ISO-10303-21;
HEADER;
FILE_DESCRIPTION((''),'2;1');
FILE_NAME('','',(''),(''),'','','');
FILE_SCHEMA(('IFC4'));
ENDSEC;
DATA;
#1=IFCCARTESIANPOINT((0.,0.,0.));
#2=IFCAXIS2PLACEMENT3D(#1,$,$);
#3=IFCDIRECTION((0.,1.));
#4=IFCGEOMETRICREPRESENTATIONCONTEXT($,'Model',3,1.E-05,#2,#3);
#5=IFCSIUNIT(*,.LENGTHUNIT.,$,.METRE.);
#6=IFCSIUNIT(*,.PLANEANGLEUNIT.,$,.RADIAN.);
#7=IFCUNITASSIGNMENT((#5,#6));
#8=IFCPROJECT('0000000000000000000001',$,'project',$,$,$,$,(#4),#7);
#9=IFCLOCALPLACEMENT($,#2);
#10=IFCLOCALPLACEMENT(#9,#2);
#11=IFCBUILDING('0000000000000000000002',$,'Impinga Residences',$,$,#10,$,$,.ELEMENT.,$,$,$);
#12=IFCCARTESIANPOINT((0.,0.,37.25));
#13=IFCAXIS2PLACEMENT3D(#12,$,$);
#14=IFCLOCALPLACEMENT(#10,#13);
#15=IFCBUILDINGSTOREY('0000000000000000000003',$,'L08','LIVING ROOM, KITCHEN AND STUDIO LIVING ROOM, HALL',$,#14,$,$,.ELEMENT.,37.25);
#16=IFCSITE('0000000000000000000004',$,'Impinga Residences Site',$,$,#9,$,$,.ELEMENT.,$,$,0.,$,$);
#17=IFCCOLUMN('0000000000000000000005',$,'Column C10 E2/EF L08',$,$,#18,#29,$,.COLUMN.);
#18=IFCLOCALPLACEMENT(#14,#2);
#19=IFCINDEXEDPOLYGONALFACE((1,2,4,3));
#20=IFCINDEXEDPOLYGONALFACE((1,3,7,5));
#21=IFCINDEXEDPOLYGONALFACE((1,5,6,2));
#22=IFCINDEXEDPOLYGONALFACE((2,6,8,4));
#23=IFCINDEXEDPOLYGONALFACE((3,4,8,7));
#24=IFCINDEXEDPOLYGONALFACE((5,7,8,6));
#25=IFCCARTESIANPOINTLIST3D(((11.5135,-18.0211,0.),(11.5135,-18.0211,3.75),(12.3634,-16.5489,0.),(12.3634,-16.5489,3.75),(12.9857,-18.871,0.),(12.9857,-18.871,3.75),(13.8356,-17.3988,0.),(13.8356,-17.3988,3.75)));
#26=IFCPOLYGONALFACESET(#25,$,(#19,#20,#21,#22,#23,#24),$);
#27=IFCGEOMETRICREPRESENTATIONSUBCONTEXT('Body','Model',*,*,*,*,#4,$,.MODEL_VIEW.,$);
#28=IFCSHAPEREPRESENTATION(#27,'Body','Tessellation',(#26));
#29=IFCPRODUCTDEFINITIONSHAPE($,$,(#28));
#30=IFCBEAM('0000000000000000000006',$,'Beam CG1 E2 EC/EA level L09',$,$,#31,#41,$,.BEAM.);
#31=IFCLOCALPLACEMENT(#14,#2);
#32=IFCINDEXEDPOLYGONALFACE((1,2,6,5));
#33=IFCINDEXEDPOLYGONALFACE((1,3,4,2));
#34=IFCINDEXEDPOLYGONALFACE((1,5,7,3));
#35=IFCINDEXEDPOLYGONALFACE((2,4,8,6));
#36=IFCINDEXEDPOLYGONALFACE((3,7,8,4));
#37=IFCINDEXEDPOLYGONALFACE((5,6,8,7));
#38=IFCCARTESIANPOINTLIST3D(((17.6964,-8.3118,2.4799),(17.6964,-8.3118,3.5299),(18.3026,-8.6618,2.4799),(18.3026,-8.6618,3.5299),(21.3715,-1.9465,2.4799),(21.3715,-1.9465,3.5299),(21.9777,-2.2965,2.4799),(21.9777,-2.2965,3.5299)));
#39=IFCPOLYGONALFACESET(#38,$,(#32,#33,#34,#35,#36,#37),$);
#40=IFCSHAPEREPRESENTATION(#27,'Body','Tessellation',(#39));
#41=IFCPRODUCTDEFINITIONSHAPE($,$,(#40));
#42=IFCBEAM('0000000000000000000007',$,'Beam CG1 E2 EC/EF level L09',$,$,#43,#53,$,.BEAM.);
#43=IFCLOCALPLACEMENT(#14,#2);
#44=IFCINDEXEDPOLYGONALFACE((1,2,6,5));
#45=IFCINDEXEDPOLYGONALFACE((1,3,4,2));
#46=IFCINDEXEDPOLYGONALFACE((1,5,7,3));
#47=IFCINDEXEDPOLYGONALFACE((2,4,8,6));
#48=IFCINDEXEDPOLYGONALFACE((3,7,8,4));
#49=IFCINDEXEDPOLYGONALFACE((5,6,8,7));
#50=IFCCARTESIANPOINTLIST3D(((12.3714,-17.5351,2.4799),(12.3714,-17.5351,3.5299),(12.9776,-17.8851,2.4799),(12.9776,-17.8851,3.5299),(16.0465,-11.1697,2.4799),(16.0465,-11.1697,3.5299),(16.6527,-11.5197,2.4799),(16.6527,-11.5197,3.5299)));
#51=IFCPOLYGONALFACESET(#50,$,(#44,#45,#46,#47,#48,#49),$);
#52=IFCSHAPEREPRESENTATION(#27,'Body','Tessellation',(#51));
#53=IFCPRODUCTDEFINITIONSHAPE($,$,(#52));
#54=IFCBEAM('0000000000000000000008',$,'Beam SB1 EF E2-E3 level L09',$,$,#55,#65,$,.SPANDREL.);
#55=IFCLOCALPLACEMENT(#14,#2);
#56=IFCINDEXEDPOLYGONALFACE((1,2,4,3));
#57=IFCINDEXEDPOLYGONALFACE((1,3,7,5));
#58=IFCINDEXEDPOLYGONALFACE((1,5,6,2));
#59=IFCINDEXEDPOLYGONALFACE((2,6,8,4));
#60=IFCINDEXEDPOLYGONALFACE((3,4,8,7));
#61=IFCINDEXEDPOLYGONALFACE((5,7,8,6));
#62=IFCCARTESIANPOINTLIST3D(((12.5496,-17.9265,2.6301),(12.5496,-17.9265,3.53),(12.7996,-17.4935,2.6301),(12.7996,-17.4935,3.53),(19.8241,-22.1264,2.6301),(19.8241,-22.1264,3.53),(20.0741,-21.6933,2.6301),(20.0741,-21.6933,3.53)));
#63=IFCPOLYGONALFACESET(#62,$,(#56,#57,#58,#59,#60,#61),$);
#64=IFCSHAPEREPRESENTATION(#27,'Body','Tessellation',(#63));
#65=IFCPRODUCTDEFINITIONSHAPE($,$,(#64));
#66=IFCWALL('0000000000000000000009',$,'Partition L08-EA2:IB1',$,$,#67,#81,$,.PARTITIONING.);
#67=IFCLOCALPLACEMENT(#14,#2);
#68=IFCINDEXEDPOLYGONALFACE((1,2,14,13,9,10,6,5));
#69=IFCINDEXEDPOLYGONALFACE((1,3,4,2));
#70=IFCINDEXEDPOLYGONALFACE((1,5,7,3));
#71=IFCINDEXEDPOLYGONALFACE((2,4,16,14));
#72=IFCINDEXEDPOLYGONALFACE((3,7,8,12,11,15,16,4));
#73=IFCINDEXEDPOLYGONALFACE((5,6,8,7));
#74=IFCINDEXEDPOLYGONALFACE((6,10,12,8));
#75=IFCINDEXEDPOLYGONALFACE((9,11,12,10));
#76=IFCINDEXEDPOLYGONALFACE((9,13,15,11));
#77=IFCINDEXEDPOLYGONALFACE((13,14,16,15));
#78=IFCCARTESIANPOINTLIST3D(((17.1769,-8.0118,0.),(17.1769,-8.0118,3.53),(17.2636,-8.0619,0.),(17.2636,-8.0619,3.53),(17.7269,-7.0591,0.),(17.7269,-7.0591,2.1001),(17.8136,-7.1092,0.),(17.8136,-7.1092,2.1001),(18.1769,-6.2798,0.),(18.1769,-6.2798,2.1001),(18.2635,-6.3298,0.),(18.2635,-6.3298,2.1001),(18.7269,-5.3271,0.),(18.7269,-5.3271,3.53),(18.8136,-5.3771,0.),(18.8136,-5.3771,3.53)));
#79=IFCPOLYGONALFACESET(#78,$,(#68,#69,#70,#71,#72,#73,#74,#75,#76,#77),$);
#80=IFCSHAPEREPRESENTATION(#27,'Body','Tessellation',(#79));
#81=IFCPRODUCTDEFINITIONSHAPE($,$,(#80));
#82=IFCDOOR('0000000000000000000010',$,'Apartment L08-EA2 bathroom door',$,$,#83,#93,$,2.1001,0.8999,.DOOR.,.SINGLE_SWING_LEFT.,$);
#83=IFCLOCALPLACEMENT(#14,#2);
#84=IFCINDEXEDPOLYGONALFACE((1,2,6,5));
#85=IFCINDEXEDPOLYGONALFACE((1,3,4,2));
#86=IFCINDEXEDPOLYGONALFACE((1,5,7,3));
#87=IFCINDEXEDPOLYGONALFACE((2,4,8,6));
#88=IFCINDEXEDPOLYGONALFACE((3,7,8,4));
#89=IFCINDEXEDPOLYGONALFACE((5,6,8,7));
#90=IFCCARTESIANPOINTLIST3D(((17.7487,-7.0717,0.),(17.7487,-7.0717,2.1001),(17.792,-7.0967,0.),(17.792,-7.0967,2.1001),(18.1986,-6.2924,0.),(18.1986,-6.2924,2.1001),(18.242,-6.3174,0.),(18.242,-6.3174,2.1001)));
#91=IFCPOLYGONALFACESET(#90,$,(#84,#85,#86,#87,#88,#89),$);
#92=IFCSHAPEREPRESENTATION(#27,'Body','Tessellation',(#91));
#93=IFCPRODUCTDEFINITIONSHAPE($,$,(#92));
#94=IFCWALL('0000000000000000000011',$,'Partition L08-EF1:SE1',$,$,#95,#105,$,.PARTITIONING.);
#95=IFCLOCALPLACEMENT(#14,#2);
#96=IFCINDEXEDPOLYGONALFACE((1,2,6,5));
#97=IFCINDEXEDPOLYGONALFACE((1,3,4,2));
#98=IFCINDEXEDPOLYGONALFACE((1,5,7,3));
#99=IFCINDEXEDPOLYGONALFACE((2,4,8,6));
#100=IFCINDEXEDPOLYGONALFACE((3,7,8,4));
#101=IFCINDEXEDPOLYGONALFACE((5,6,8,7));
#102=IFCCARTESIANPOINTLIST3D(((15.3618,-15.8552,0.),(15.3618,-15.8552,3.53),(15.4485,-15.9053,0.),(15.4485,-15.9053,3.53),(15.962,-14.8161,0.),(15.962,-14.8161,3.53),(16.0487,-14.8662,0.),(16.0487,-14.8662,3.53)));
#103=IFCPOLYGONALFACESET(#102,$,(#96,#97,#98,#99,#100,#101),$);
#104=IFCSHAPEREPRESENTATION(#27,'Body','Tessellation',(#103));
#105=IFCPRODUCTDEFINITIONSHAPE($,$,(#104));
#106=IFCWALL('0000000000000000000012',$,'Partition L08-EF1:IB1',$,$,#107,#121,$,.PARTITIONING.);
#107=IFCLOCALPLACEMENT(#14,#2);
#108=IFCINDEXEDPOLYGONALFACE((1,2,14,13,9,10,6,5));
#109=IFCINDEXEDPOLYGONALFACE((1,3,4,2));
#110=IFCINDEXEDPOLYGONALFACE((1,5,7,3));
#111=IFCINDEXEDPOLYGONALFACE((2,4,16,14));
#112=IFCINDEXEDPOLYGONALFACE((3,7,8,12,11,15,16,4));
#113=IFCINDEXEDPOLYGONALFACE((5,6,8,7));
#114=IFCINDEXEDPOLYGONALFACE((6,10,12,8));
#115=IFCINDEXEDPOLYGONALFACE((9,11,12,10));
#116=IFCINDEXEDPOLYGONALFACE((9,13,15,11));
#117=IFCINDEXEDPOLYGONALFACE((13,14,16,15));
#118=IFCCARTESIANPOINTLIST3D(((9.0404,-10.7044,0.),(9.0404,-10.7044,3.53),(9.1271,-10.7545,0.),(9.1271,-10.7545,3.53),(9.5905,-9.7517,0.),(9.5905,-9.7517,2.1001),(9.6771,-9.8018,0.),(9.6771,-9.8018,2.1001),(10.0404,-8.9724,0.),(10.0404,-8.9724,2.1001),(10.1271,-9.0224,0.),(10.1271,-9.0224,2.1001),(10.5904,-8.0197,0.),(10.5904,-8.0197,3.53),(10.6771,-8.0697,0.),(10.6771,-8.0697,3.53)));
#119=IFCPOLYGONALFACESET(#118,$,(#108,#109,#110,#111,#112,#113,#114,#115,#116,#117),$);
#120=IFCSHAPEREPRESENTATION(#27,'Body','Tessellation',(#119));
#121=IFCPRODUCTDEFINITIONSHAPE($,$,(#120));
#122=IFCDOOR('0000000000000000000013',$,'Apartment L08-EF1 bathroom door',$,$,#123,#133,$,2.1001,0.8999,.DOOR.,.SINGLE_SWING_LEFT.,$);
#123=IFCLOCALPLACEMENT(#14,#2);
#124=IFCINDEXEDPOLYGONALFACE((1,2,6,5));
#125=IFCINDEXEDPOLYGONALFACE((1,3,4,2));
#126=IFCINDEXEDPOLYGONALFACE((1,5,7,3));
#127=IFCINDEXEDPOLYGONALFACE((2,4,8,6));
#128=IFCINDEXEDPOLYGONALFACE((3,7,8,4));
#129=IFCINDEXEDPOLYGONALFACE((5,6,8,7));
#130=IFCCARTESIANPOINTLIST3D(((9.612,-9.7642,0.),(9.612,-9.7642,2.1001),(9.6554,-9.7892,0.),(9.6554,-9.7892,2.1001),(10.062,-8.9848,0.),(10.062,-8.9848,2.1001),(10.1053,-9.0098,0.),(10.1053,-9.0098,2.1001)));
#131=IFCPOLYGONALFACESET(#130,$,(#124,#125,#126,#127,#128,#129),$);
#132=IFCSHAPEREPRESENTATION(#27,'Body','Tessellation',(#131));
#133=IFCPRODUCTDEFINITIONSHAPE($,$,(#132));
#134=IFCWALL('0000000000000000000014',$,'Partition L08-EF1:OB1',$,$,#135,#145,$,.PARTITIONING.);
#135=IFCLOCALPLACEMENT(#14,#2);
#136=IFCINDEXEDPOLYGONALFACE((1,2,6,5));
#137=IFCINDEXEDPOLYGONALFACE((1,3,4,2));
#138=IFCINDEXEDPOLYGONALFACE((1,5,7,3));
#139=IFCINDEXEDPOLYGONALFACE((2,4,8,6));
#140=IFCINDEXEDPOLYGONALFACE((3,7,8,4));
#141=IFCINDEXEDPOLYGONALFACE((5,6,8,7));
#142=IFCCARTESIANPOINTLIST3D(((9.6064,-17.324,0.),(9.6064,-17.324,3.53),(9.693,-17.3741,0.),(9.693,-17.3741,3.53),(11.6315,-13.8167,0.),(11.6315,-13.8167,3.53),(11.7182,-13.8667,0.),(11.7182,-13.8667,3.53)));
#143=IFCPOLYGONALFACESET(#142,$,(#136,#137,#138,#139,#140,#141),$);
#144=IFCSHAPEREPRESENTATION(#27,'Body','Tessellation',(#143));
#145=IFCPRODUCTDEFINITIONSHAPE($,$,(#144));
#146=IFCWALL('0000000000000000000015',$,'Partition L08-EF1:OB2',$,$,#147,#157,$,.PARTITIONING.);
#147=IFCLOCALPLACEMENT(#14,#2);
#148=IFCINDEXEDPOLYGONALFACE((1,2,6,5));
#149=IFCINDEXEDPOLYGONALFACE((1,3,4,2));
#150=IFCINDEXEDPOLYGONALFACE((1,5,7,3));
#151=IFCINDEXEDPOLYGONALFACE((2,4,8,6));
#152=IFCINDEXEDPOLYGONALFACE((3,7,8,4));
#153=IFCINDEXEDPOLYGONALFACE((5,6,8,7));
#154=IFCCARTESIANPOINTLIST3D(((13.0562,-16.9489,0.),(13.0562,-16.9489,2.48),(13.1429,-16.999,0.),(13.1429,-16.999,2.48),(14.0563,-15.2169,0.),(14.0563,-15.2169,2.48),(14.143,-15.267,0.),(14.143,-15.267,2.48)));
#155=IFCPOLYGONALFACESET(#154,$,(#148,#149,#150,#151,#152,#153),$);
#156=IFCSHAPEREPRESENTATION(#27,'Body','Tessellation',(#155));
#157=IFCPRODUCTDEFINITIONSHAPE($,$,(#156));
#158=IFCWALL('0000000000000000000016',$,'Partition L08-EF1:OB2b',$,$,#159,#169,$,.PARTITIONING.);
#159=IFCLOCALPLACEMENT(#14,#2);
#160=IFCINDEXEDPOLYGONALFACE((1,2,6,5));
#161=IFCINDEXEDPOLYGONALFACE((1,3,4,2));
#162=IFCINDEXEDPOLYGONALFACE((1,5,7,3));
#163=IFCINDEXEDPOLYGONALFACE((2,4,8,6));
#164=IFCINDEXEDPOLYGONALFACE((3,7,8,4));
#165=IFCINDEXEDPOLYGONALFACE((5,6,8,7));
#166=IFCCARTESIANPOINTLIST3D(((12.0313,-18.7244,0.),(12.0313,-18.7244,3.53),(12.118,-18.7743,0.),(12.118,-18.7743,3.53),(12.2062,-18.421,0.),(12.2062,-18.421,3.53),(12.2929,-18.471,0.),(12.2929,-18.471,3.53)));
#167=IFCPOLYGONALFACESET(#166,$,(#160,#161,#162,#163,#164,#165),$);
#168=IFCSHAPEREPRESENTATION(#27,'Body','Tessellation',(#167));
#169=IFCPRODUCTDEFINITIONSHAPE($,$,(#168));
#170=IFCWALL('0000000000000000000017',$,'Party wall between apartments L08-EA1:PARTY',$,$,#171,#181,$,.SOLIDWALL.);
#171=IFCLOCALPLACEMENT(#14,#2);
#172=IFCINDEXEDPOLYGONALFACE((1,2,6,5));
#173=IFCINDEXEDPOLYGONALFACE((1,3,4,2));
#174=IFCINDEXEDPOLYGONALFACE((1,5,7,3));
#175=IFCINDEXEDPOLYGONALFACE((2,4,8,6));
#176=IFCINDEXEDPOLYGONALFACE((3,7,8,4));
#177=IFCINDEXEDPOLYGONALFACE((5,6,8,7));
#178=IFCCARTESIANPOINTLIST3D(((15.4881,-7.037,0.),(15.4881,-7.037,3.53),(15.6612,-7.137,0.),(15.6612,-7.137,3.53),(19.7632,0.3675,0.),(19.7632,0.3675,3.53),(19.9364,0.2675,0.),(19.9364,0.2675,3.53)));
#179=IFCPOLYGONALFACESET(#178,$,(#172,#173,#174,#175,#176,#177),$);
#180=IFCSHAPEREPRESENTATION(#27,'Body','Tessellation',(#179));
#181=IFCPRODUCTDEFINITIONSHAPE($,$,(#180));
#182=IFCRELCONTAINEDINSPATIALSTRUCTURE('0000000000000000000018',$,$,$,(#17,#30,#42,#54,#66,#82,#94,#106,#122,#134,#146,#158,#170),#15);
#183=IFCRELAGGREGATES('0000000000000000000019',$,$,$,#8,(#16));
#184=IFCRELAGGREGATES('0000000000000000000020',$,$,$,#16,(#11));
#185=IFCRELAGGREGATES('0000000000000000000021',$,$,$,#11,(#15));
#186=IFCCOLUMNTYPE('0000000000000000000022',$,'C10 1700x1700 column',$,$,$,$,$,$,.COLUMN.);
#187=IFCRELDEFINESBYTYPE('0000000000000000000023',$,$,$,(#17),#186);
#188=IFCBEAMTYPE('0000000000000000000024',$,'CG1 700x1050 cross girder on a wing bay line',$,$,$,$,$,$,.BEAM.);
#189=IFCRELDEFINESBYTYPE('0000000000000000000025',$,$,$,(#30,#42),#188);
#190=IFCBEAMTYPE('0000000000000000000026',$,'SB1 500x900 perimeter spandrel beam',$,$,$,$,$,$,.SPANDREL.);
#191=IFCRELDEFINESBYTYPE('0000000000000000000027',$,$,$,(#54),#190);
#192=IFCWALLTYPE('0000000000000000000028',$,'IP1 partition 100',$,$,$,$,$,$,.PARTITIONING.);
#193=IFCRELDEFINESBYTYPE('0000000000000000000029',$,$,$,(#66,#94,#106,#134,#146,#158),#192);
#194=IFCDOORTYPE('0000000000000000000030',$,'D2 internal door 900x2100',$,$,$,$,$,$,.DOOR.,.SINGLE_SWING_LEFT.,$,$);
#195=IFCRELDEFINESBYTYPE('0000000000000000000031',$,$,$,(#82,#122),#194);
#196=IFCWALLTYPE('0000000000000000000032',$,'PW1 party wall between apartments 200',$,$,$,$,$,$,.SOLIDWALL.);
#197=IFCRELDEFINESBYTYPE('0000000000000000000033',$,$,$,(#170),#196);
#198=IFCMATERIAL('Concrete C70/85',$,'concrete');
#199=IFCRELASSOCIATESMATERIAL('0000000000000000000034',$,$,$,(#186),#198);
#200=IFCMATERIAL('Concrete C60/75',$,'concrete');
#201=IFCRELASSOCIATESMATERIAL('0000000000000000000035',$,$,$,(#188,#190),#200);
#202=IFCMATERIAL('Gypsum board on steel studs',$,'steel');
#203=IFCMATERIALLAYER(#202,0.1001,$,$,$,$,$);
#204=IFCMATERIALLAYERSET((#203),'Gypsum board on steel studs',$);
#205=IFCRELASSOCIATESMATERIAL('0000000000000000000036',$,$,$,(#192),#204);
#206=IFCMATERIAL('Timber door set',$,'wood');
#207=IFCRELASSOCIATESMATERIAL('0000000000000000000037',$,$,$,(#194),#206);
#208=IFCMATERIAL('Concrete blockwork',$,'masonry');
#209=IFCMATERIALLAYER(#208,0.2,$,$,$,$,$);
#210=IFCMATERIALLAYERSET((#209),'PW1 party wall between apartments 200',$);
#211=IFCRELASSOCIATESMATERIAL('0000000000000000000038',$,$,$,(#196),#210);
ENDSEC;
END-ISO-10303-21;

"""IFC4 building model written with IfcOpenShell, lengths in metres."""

from ifc_helpers import new_model, si_unit, direction, frame, frame_2d, origin, origin_2d, place, context, subcontext, project, spatial, rectangle, extrude, material, layer, layer_set, material_profile, profile_set, type_object, element, fill, save


model = new_model("IFC4")

# Units and contexts
model_context = context("Model", 3, precision=1e-05, world=origin(), true_north=direction((0.0, 1.0)))
body_context = subcontext(model_context, "Body", "Model", "MODEL_VIEW")
ifc_project = project(units=[si_unit("LENGTHUNIT", "METRE"), si_unit("PLANEANGLEUNIT", "RADIAN")], contexts=[model_context])

# Site, building, storey
site_placement = place(None, origin())
site = spatial("IfcSite", under=ifc_project, at=site_placement, Name="Impinga Residences Site", CompositionType="ELEMENT", RefElevation=0.0)
building_placement = place(site_placement, origin())
building = spatial("IfcBuilding", under=site, at=building_placement, Name="Impinga Residences", CompositionType="ELEMENT")
storey_placement = place(building_placement, frame((0.0, 0.0, 37.25)))
storey = spatial("IfcBuildingStorey", under=building, at=storey_placement, Name="L08", Description="LIVING ROOM, KITCHEN AND STUDIO LIVING ROOM, HALL", CompositionType="ELEMENT", Elevation=37.25)

# Column
ifc_material_1 = material(Name="Concrete C70/85", Category="concrete")
ifc_material_profile_1 = material_profile(ifc_material_1, rectangle(XDim=1.7, YDim=1.7, at=origin_2d()), Name="RC 1700x1700")
ifc_profile_set_1 = profile_set([ifc_material_profile_1], Name="Concrete C70/85")
column_type = type_object("IfcColumnType", Name="C10 1700x1700 column", PredefinedType="COLUMN", material=ifc_profile_set_1)
column_placement = place(storey_placement, frame((12.6746, -17.71, 0.0), z_axis=(0.0, 0.0, 1.0), x_axis=(-0.5, -0.866025, 0.0)))
element("IfcColumn", 1, at=column_placement, inside=storey, type_object=column_type, Name="Column C10 E2/EF L08", PredefinedType="COLUMN", context=body_context, shape_type="SweptSolid", body=[
    extrude(rectangle(XDim=1.7, YDim=1.7, at=origin_2d()), origin(), (0.0, 0.0, 1.0), 3.75),
])

# Beams
ifc_material_2 = material(Name="Concrete C60/75", Category="concrete")
ifc_material_profile_2 = material_profile(ifc_material_2, rectangle(XDim=0.7, YDim=1.05, at=origin_2d()), Name="RC 700x1050")
ifc_profile_set_2 = profile_set([ifc_material_profile_2], Name="Concrete C60/75")
beam_type_1 = type_object("IfcBeamType", Name="CG1 700x1050 cross girder on a wing bay line", PredefinedType="BEAM", material=ifc_profile_set_2)
for number, where, z_axis, x_axis, name in (
    (2, (17.9995, -8.4868, 3.0049), (0.500008, 0.866021, 0.0), (-0.866021, 0.500008, 0.0), "Beam CG1 E2 EC/EA level L09"),
    (3, (16.3496, -11.3447, 3.0049), (-0.500008, -0.866021, 0.0), (0.866021, -0.500008, 0.0), "Beam CG1 E2 EC/EF level L09"),
):
    element("IfcBeam", number, at=place(storey_placement, frame(where, z_axis=z_axis, x_axis=x_axis)), inside=storey, type_object=beam_type_1, Name=name, PredefinedType="BEAM", context=body_context, shape_type="SweptSolid", body=[
        extrude(rectangle(XDim=0.7, YDim=1.05, at=origin_2d()), origin(), (0.0, 0.0, 1.0), 7.3501),
    ])
ifc_material_profile_3 = material_profile(ifc_material_2, rectangle(XDim=0.5, YDim=0.8999, at=origin_2d()), Name="RC 500x900")
ifc_profile_set_3 = profile_set([ifc_material_profile_3], Name="Concrete C60/75")
beam_type_2 = type_object("IfcBeamType", Name="SB1 500x900 perimeter spandrel beam", PredefinedType="SPANDREL", material=ifc_profile_set_3)
beam_placement = place(storey_placement, frame((12.6746, -17.71, 3.0801), z_axis=(0.866029, -0.499993, 0.0), x_axis=(0.499993, 0.866029, 0.0)))
element("IfcBeam", 4, at=beam_placement, inside=storey, type_object=beam_type_2, Name="Beam SB1 EF E2-E3 level L09", PredefinedType="SPANDREL", context=body_context, shape_type="SweptSolid", body=[
    extrude(rectangle(XDim=0.5, YDim=0.8999, at=origin_2d()), origin(), (0.0, 0.0, 1.0), 8.3999),
])

# Wall, opening, door
ifc_material_3 = material(Name="Gypsum board on steel studs", Category="steel")
ifc_layer_1 = layer(ifc_material_3, 0.1001)
ifc_layer_set_1 = layer_set([ifc_layer_1], Name="Gypsum board on steel studs")
wall_type_1 = type_object("IfcWallType", Name="IP1 partition 100", PredefinedType="PARTITIONING", material=ifc_layer_set_1)
wall_1_placement = place(storey_placement, frame((17.2202, -8.0369, 0.0), z_axis=(0.0, 0.0, 1.0), x_axis=(0.499993, 0.86603, 0.0)))
wall_1 = element("IfcWall", 5, at=wall_1_placement, inside=storey, type_object=wall_type_1, Name="Partition L08-EA2:IB1", PredefinedType="PARTITIONING", context=body_context, shape_type="SweptSolid", body=[
    extrude(rectangle(XDim=3.1001, YDim=0.1001, at=frame_2d((1.55, 0.0))), origin(), (0.0, 0.0, 1.0), 3.53),
])
opening_1_placement = place(wall_1_placement, frame((1.1001, 0.0, 0.0)))
opening_1 = element("IfcOpeningElement", 6, at=opening_1_placement, cuts=wall_1, PredefinedType="OPENING", context=body_context, shape_type="SweptSolid", body=[
    extrude(rectangle(XDim=0.8999, YDim=2.1001, at=frame_2d((0.45, 1.05))), frame((0.0, 0.0601, 0.0), z_axis=(0.0, -1.0, 0.0), x_axis=(1.0, 0.0, 0.0)), (0.0, 0.0, 1.0), 0.1201),
])
ifc_material_4 = material(Name="Timber door set", Category="wood")
door_type = type_object("IfcDoorType", Name="D2 internal door 900x2100", OperationType="SINGLE_SWING_LEFT", PredefinedType="DOOR", material=ifc_material_4)
door_1_placement = place(opening_1_placement, origin())
door_1 = element("IfcDoor", 7, at=door_1_placement, inside=storey, type_object=door_type, Name="Apartment L08-EA2 bathroom door", OperationType="SINGLE_SWING_LEFT", OverallHeight=2.1001, OverallWidth=0.8999, PredefinedType="DOOR", context=body_context, shape_type="SweptSolid", body=[
    extrude(rectangle(XDim=0.8999, YDim=2.1001, at=frame_2d((0.45, 1.05))), frame((0.0, 0.0249, 0.0), z_axis=(0.0, -1.0, 0.0), x_axis=(1.0, 0.0, 0.0)), (0.0, 0.0, 1.0), 0.05),
])
fill(opening_1, door_1)

# Wall
wall_2_placement = place(storey_placement, frame((16.0054, -14.8411, 0.0), z_axis=(0.0, 0.0, 1.0), x_axis=(-0.500122, -0.865955, 0.0)))
element("IfcWall", 8, at=wall_2_placement, inside=storey, type_object=wall_type_1, Name="Partition L08-EF1:SE1", PredefinedType="PARTITIONING", context=body_context, shape_type="SweptSolid", body=[
    extrude(rectangle(XDim=1.2, YDim=0.1001, at=frame_2d((0.6001, 0.0))), origin(), (0.0, 0.0, 1.0), 3.53),
])

# Wall, opening, door
wall_3_placement = place(storey_placement, frame((10.6338, -8.0447, 0.0), z_axis=(0.0, 0.0, 1.0), x_axis=(-0.499993, -0.86603, 0.0)))
wall_3 = element("IfcWall", 9, at=wall_3_placement, inside=storey, type_object=wall_type_1, Name="Partition L08-EF1:IB1", PredefinedType="PARTITIONING", context=body_context, shape_type="SweptSolid", body=[
    extrude(rectangle(XDim=3.1001, YDim=0.1001, at=frame_2d((1.55, 0.0))), origin(), (0.0, 0.0, 1.0), 3.53),
])
opening_2_placement = place(wall_3_placement, frame((1.1001, 0.0, 0.0)))
opening_2 = element("IfcOpeningElement", 10, at=opening_2_placement, cuts=wall_3, PredefinedType="OPENING", context=body_context, shape_type="SweptSolid", body=[
    extrude(rectangle(XDim=0.8999, YDim=2.1001, at=frame_2d((0.45, 1.05))), frame((0.0, 0.0601, 0.0), z_axis=(0.0, -1.0, 0.0), x_axis=(1.0, 0.0, 0.0)), (0.0, 0.0, 1.0), 0.1201),
])
door_2_placement = place(opening_2_placement, origin())
door_2 = element("IfcDoor", 11, at=door_2_placement, inside=storey, type_object=door_type, Name="Apartment L08-EF1 bathroom door", OperationType="SINGLE_SWING_LEFT", OverallHeight=2.1001, OverallWidth=0.8999, PredefinedType="DOOR", context=body_context, shape_type="SweptSolid", body=[
    extrude(rectangle(XDim=0.8999, YDim=2.1001, at=frame_2d((0.45, 1.05))), frame((0.0, 0.0249, 0.0), z_axis=(0.0, -1.0, 0.0), x_axis=(1.0, 0.0, 0.0)), (0.0, 0.0, 1.0), 0.05),
])
fill(opening_2, door_2)

# Walls
wall_4_placement = place(storey_placement, frame((11.6748, -13.8418, 0.0), z_axis=(0.0, 0.0, 1.0), x_axis=(-0.500036, -0.866005, 0.0)))
element("IfcWall", 12, at=wall_4_placement, inside=storey, type_object=wall_type_1, Name="Partition L08-EF1:OB1", PredefinedType="PARTITIONING", context=body_context, shape_type="SweptSolid", body=[
    extrude(rectangle(XDim=4.05, YDim=0.1001, at=frame_2d((2.0249, 0.0))), origin(), (0.0, 0.0, 1.0), 3.53),
])
wall_5_placement = place(storey_placement, frame((14.0996, -15.2419, 0.0), z_axis=(0.0, 0.0, 1.0), x_axis=(-0.500025, -0.866011, 0.0)))
element("IfcWall", 13, at=wall_5_placement, inside=storey, type_object=wall_type_1, Name="Partition L08-EF1:OB2", PredefinedType="PARTITIONING", context=body_context, shape_type="SweptSolid", body=[
    extrude(rectangle(XDim=2.0, YDim=0.1001, at=frame_2d((1.0, 0.0))), origin(), (0.0, 0.0, 1.0), 2.48),
])
wall_6_placement = place(storey_placement, frame((12.2495, -18.446, 0.0), z_axis=(0.0, 0.0, 1.0), x_axis=(-0.499441, -0.866348, 0.0)))
element("IfcWall", 14, at=wall_6_placement, inside=storey, type_object=wall_type_1, Name="Partition L08-EF1:OB2b", PredefinedType="PARTITIONING", context=body_context, shape_type="SweptSolid", body=[
    extrude(rectangle(XDim=0.3501, YDim=0.1001, at=frame_2d((0.175, 0.0))), origin(), (0.0, 0.0, 1.0), 3.53),
])
ifc_material_5 = material(Name="Concrete blockwork", Category="masonry")
ifc_layer_2 = layer(ifc_material_5, 0.2)
ifc_layer_set_2 = layer_set([ifc_layer_2], Name="PW1 party wall between apartments 200")
wall_type_2 = type_object("IfcWallType", Name="PW1 party wall between apartments 200", PredefinedType="SOLIDWALL", material=ifc_layer_set_2)
wall_7_placement = place(storey_placement, frame((15.5747, -7.0869, 0.0), z_axis=(0.0, 0.0, 1.0), x_axis=(0.500012, 0.866019, 0.0)))
element("IfcWall", 15, at=wall_7_placement, inside=storey, type_object=wall_type_2, Name="Party wall between apartments L08-EA1:PARTY", PredefinedType="SOLIDWALL", context=body_context, shape_type="SweptSolid", body=[
    extrude(rectangle(XDim=8.55, YDim=0.2, at=frame_2d((4.2749, 0.0))), origin(), (0.0, 0.0, 1.0), 3.53),
])

save(model, "model.ifc")
